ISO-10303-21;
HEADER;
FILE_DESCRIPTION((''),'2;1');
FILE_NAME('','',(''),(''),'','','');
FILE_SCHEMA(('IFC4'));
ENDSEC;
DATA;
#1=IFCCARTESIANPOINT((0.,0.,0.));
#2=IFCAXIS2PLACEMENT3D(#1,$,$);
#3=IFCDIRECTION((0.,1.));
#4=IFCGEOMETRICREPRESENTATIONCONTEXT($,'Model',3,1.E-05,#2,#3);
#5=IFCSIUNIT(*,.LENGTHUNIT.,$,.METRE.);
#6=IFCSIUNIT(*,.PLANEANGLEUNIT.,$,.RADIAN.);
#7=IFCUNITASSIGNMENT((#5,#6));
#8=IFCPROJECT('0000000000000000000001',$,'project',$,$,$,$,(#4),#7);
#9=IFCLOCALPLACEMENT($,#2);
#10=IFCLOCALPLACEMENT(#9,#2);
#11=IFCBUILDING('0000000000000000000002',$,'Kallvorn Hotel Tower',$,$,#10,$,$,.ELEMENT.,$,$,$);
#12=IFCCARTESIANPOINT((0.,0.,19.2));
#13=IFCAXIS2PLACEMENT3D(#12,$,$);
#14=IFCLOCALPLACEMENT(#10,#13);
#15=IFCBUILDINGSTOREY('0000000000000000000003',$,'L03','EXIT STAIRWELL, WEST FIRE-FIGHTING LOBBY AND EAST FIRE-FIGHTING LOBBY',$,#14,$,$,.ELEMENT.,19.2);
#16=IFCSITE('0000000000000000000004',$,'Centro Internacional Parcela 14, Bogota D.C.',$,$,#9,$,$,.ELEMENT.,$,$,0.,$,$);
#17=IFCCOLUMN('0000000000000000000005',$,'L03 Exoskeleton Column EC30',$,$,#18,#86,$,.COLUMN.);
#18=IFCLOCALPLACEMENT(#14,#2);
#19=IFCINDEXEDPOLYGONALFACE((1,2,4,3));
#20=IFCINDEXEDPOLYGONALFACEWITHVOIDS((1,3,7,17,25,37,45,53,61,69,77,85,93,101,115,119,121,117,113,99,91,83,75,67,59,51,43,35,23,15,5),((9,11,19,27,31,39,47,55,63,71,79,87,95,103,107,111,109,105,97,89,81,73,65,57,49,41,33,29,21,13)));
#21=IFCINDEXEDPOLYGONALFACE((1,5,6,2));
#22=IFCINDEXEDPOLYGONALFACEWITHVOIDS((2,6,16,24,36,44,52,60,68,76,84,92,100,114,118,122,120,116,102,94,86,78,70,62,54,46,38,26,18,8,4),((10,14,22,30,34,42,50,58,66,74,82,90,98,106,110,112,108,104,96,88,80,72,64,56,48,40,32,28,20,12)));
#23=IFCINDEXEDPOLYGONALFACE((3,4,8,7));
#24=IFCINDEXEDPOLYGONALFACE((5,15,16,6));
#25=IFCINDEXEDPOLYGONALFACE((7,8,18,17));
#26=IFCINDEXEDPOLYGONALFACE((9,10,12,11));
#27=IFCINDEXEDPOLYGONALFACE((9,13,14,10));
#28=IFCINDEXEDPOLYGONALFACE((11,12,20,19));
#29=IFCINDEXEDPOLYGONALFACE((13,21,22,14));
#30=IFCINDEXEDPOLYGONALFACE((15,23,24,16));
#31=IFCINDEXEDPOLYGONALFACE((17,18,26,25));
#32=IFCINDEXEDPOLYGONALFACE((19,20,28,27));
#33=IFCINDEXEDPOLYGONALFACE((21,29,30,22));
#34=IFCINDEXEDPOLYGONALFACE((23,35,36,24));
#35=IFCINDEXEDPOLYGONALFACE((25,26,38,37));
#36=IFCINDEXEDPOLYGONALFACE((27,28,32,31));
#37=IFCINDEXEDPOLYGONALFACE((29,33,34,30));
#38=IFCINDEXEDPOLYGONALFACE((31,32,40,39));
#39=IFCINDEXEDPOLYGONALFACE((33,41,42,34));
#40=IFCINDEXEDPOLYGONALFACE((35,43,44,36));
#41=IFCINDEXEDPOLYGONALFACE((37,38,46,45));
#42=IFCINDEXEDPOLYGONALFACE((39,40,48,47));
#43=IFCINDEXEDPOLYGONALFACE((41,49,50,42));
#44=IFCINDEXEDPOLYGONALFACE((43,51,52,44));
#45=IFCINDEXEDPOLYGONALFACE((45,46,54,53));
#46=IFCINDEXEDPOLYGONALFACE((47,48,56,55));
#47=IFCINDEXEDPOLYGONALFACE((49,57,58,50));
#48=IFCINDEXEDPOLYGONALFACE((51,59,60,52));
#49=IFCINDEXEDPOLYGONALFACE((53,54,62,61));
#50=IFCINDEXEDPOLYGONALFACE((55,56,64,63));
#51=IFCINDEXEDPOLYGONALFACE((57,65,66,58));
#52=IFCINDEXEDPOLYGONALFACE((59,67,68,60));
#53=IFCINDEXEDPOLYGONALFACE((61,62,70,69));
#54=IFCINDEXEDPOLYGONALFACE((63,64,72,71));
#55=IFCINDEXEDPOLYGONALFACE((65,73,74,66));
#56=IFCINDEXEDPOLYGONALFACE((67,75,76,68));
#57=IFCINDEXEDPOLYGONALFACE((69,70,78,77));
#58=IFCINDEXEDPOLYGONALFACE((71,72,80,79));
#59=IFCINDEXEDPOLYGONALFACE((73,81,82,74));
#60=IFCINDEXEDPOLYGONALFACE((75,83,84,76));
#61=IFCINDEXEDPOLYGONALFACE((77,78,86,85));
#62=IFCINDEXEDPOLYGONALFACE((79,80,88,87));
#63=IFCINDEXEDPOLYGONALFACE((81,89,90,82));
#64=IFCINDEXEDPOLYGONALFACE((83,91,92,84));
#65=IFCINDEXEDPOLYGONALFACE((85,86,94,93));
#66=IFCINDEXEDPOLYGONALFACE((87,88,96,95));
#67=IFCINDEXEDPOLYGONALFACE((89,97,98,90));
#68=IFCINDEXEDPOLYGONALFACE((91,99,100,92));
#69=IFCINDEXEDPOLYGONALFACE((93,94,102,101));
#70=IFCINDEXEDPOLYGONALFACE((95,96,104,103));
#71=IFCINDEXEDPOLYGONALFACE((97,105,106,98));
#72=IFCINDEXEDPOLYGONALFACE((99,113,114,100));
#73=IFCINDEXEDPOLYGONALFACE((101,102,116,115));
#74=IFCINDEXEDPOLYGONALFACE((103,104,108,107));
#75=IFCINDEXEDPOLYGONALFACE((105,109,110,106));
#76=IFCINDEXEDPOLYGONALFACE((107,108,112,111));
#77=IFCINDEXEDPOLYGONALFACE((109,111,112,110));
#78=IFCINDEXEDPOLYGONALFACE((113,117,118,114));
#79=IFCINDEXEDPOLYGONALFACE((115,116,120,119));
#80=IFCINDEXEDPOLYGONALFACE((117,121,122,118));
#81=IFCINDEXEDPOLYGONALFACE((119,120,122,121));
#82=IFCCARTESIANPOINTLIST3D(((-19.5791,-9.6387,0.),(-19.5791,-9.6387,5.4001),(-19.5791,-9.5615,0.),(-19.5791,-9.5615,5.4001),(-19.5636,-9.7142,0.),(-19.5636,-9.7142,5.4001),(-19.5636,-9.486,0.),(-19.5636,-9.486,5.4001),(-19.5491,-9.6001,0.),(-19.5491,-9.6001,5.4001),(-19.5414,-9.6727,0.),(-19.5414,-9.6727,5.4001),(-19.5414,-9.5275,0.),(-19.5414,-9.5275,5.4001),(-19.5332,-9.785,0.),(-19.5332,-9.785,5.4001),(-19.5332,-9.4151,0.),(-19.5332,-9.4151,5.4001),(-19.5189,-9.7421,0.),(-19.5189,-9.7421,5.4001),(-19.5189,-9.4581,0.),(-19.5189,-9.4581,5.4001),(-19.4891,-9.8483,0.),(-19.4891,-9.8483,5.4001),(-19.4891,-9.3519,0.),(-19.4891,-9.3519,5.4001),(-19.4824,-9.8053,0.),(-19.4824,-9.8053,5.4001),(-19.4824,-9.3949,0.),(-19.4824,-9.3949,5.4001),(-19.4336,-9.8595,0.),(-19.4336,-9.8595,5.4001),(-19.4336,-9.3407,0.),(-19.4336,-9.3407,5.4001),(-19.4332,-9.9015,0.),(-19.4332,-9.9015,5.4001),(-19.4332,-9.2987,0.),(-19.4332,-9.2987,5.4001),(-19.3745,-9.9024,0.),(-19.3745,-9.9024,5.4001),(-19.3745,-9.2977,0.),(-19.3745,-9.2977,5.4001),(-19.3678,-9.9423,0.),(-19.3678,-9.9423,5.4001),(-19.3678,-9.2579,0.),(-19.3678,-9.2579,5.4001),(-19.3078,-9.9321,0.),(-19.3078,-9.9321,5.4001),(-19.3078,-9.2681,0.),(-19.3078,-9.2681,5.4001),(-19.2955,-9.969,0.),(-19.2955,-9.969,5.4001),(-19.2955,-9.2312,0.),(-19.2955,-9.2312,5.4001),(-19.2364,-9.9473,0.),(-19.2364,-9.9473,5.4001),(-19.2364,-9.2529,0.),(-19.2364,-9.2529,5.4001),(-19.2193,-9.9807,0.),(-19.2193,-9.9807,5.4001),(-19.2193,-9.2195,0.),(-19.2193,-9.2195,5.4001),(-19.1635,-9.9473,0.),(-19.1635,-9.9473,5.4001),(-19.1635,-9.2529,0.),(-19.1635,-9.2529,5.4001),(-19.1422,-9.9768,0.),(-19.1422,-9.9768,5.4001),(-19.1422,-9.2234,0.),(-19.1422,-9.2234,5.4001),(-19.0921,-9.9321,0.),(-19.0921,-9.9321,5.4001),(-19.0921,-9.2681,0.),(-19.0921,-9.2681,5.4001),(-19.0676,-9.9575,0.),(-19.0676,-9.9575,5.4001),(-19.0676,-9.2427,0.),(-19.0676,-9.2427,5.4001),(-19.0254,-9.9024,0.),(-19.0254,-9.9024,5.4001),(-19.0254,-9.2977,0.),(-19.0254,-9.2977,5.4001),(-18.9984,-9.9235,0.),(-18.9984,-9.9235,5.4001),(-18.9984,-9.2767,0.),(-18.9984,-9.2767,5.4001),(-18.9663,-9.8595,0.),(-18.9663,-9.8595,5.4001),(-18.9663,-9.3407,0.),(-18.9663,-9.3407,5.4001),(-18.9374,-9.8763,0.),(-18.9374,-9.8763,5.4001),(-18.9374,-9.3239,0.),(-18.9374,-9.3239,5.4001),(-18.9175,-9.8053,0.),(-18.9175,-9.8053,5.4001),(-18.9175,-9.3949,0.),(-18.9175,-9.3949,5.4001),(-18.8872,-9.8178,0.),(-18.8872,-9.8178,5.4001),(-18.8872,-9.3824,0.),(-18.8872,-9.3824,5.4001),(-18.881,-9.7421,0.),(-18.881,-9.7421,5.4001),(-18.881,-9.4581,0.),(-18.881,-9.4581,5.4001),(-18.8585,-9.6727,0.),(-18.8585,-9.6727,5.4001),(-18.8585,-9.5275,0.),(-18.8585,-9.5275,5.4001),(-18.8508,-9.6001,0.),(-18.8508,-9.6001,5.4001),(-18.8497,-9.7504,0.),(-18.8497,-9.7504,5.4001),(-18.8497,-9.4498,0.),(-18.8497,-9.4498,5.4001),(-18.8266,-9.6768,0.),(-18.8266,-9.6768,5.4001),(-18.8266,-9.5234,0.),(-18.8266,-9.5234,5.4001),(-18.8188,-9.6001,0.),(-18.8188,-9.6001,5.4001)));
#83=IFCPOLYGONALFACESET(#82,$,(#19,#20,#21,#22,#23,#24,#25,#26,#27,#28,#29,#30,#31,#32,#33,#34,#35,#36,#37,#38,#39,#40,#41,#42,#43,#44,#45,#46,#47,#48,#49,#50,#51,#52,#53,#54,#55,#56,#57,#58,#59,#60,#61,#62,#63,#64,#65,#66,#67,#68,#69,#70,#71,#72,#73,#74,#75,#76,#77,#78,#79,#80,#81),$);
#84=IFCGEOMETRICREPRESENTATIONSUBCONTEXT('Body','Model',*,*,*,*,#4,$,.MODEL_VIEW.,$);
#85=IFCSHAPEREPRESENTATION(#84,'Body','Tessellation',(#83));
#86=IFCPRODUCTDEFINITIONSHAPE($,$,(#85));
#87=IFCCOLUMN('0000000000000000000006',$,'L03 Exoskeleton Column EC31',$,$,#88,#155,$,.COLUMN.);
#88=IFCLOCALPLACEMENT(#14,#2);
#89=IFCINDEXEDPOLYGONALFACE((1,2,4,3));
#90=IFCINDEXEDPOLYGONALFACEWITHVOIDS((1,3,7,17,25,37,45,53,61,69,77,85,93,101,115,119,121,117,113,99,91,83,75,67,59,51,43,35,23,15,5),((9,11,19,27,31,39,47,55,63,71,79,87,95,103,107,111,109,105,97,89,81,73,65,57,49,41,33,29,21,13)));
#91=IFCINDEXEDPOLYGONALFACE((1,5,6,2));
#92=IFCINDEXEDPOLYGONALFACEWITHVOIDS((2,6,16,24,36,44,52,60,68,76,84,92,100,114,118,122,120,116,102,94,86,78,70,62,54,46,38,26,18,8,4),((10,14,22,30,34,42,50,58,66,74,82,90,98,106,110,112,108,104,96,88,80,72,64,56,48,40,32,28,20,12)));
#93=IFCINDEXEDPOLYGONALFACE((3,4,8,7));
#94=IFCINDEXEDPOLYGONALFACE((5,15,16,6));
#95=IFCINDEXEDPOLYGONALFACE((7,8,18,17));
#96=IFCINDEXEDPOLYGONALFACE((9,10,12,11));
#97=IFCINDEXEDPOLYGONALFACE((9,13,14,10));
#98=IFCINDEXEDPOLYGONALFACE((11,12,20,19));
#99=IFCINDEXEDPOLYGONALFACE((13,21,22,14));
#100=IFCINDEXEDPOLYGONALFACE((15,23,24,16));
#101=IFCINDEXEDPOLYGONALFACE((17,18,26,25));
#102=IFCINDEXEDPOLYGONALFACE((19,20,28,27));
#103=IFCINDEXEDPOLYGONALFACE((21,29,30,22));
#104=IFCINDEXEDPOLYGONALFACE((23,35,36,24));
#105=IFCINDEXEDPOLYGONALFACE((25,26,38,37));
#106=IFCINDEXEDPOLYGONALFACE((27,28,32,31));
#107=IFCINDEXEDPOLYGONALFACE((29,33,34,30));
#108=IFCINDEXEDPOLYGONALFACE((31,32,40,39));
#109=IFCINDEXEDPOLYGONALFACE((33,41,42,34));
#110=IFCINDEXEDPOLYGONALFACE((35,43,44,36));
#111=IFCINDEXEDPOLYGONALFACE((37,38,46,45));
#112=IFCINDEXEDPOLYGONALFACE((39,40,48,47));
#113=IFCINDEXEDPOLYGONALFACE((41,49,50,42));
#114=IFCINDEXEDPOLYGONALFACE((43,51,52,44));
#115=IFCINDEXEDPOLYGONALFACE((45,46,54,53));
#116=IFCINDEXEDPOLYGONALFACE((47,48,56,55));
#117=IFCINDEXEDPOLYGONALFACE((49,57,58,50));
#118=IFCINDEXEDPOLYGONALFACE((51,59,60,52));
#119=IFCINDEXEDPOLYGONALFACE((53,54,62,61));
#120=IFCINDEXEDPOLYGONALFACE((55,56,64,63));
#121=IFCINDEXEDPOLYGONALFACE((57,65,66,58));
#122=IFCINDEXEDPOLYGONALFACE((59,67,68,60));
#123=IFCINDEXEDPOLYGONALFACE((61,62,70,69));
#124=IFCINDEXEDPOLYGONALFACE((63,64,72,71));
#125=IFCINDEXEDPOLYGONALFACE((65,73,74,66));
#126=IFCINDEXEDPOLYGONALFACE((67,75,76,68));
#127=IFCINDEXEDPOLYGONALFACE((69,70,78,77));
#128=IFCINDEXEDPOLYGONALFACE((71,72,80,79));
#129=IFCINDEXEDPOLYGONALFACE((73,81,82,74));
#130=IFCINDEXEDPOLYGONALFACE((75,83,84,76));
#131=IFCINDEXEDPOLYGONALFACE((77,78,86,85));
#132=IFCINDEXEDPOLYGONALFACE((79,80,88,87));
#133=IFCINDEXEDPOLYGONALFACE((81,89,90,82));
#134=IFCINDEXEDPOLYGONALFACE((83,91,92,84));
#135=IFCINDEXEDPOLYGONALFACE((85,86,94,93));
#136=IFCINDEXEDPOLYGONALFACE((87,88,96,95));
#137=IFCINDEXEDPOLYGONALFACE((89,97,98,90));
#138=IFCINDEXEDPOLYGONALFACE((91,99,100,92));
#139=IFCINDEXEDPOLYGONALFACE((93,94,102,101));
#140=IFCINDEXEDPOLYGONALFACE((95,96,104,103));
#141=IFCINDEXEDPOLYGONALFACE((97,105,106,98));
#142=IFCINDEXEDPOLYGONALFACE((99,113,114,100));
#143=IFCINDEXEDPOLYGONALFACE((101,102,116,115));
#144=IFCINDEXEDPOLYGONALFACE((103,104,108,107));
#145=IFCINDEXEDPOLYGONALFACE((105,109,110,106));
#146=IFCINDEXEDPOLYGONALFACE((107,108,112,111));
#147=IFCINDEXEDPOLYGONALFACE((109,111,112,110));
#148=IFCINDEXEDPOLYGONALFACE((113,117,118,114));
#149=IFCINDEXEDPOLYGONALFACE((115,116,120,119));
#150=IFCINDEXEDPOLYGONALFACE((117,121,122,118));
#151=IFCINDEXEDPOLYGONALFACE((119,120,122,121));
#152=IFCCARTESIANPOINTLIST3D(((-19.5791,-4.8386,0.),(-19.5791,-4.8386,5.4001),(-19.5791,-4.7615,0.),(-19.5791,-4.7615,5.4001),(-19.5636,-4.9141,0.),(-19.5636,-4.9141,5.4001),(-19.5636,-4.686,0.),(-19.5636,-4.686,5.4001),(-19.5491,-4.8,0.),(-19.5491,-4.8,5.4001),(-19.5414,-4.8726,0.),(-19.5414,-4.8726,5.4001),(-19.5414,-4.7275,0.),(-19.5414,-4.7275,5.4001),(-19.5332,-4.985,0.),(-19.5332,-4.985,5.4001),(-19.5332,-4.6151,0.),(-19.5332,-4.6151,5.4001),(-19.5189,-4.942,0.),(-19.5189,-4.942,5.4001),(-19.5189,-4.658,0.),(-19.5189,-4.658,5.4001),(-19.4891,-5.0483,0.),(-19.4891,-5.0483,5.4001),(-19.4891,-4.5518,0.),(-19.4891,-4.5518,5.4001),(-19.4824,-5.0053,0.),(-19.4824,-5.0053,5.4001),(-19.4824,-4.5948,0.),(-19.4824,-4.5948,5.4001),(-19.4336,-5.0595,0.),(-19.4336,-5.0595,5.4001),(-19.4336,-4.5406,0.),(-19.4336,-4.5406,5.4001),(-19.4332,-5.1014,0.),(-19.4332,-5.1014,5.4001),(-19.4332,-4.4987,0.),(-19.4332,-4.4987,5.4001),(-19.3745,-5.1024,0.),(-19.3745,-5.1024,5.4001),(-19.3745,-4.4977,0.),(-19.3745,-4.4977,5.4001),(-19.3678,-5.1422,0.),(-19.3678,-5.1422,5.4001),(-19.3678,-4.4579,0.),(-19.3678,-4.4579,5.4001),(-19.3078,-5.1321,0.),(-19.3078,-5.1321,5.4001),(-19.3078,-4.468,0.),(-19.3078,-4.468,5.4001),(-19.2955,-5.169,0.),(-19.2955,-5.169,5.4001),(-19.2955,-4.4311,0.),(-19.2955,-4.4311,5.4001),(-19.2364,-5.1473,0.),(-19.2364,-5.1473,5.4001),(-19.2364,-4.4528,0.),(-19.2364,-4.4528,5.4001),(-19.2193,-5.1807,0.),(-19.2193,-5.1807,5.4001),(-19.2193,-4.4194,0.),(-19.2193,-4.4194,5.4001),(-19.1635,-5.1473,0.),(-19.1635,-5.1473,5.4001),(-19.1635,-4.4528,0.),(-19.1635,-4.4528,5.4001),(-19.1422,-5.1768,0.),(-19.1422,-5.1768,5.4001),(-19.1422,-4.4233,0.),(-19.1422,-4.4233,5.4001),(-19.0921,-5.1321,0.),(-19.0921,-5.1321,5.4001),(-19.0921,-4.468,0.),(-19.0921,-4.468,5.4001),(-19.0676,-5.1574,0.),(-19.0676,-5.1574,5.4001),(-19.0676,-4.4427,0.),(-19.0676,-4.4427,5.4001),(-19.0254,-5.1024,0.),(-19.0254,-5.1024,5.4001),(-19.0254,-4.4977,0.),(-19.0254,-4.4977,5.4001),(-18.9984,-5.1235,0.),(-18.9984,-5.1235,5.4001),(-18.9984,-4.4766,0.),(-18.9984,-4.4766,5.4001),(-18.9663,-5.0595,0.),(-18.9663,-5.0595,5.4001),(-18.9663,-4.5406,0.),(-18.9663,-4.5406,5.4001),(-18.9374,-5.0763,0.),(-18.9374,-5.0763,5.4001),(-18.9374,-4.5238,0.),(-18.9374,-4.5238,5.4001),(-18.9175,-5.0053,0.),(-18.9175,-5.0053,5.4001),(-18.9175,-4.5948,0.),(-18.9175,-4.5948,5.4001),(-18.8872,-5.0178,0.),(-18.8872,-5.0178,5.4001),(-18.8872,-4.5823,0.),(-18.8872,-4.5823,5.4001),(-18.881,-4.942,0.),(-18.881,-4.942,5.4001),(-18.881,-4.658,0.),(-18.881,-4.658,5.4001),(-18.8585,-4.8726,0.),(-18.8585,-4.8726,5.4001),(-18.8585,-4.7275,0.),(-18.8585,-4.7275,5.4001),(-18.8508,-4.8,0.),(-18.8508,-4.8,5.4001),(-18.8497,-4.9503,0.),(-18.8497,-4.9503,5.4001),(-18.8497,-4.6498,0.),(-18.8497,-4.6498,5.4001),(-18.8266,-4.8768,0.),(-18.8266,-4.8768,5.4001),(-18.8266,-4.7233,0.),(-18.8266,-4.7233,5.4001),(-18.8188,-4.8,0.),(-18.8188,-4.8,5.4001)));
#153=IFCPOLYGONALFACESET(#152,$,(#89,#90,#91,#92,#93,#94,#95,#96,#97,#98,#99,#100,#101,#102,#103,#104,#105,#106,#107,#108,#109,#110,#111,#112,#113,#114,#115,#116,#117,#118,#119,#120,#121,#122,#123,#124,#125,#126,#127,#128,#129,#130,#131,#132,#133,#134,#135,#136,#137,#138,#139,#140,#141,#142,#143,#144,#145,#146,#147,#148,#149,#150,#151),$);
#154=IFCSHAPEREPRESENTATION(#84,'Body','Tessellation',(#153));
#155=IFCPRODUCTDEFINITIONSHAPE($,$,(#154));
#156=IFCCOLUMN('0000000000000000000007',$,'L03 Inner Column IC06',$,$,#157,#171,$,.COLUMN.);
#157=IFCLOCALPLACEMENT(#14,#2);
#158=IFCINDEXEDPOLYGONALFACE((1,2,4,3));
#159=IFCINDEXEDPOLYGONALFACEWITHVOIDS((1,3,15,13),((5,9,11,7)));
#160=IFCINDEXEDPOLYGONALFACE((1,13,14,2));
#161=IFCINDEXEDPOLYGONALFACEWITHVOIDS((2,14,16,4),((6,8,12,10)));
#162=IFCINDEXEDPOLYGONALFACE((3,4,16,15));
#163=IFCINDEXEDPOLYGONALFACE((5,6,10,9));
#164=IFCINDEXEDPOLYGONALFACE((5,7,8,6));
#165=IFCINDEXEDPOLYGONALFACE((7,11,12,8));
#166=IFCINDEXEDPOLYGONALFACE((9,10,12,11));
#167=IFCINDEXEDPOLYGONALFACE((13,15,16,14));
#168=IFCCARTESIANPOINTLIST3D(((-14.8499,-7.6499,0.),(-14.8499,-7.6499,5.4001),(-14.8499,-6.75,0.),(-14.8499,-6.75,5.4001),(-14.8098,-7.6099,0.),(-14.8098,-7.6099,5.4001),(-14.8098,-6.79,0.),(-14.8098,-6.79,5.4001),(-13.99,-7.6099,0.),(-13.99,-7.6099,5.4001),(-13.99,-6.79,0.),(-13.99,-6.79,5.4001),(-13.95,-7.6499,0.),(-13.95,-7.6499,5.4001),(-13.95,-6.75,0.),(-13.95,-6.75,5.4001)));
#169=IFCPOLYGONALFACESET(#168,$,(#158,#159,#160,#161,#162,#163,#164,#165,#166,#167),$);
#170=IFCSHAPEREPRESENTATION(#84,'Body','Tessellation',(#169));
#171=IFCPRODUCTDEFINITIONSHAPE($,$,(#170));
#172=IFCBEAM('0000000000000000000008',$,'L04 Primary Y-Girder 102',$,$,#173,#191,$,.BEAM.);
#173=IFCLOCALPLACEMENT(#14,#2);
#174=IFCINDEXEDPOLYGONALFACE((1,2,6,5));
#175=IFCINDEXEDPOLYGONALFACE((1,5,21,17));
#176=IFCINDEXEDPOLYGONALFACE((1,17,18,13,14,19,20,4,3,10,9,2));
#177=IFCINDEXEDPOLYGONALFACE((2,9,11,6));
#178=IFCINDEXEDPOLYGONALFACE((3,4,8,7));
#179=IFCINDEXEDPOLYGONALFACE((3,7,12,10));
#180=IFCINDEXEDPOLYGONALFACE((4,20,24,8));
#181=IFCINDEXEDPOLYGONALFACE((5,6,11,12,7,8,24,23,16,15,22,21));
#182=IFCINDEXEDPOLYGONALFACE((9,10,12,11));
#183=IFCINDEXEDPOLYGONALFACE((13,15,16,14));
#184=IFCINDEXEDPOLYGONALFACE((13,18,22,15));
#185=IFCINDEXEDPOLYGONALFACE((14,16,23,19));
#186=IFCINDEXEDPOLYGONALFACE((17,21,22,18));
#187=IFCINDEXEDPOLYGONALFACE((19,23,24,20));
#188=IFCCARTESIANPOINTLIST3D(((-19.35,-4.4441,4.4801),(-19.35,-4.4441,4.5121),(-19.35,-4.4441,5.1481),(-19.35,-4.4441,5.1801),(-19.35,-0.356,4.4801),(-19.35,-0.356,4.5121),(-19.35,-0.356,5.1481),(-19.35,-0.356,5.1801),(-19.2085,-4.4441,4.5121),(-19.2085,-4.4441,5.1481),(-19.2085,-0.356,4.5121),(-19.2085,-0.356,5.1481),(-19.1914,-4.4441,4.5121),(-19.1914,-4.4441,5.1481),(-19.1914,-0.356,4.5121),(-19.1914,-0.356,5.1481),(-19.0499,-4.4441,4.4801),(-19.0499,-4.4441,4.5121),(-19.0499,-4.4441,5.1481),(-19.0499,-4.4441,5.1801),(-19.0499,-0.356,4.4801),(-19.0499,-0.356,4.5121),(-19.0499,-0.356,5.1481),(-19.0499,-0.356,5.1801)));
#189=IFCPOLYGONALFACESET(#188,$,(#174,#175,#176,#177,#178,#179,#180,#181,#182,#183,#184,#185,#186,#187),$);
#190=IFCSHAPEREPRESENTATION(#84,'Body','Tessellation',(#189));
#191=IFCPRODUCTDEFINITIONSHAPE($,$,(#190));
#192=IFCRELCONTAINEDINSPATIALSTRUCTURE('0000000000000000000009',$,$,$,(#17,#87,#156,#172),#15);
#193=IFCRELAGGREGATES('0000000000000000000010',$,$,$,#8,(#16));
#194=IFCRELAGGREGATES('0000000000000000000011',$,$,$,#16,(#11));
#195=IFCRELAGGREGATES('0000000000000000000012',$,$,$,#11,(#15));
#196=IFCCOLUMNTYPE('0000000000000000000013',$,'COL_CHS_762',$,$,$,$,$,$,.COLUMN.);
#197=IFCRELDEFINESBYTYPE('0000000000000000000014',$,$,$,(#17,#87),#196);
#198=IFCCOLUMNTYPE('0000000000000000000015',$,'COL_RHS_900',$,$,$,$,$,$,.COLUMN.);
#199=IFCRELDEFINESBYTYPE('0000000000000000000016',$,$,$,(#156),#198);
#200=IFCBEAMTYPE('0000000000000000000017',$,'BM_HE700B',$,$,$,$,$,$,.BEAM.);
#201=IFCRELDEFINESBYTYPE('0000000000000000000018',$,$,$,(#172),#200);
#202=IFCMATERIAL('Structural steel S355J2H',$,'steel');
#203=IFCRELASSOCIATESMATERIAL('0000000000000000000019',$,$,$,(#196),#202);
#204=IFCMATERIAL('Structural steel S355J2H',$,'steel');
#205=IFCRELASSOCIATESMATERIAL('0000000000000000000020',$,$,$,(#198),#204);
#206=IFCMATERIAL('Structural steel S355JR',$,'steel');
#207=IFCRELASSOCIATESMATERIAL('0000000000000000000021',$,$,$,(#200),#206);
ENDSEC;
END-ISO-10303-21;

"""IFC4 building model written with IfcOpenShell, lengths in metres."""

from ifc_helpers import new_model, si_unit, direction, frame, origin, origin_2d, place, context, subcontext, project, spatial, hollow_rectangle, hollow_circle, i_section, extrude, material, material_profile, profile_set, type_object, element, save


model = new_model("IFC4")

# Units and contexts
model_context = context("Model", 3, precision=1e-05, world=origin(), true_north=direction((0.0, 1.0)))
body_context = subcontext(model_context, "Body", "Model", "MODEL_VIEW")
ifc_project = project(units=[si_unit("LENGTHUNIT", "METRE"), si_unit("PLANEANGLEUNIT", "RADIAN")], contexts=[model_context])

# Site, building, storey
site_placement = place(None, origin())
site = spatial("IfcSite", under=ifc_project, at=site_placement, Name="Centro Internacional Parcela 14, Bogota D.C.", CompositionType="ELEMENT", RefElevation=0.0)
building_placement = place(site_placement, origin())
building = spatial("IfcBuilding", under=site, at=building_placement, Name="Kallvorn Hotel Tower", CompositionType="ELEMENT")
storey_placement = place(building_placement, frame((0.0, 0.0, 19.2)))
storey = spatial("IfcBuildingStorey", under=building, at=storey_placement, Name="L03", Description="EXIT STAIRWELL, WEST FIRE-FIGHTING LOBBY AND EAST FIRE-FIGHTING LOBBY", CompositionType="ELEMENT", Elevation=19.2)

# Columns
ifc_material_1 = material(Name="Structural steel S355J2H", Category="steel")
ifc_material_profile_1 = material_profile(ifc_material_1, hollow_circle(Radius=0.3811, WallThickness=0.032, at=origin_2d()), Name="CHS 762x32")
ifc_profile_set_1 = profile_set([ifc_material_profile_1], Name="Structural steel S355J2H")
column_type_1 = type_object("IfcColumnType", Name="COL_CHS_762", PredefinedType="COLUMN", material=ifc_profile_set_1)
for number, where, z_axis, x_axis, name in (
    (1, (-19.2, -9.6001, 0.0), (0.0, 0.0, 1.0), (1.0, 0.0, 0.0), "L03 Exoskeleton Column EC30"),
    (2, (-19.2, -4.8, 0.0), (0.0, 0.0, 1.0), (1.0, 0.0, 0.0), "L03 Exoskeleton Column EC31"),
):
    element("IfcColumn", number, at=place(storey_placement, frame(where, z_axis=z_axis, x_axis=x_axis)), inside=storey, type_object=column_type_1, Name=name, PredefinedType="COLUMN", context=body_context, shape_type="SweptSolid", body=[
        extrude(hollow_circle(Radius=0.3811, WallThickness=0.032, at=origin_2d()), origin(), (0.0, 0.0, 1.0), 5.4001),
    ])
ifc_material_2 = material(Name="Structural steel S355J2H", Category="steel")
ifc_material_profile_2 = material_profile(ifc_material_2, hollow_rectangle(XDim=0.8999, YDim=0.8999, WallThickness=0.04, at=origin_2d()), Name="RHS 900x900x40")
ifc_profile_set_2 = profile_set([ifc_material_profile_2], Name="Structural steel S355J2H")
column_type_2 = type_object("IfcColumnType", Name="COL_RHS_900", PredefinedType="COLUMN", material=ifc_profile_set_2)
column_placement = place(storey_placement, frame((-14.3999, -7.2, 0.0), z_axis=(0.0, 0.0, 1.0), x_axis=(1.0, 0.0, 0.0)))
element("IfcColumn", 3, at=column_placement, inside=storey, type_object=column_type_2, Name="L03 Inner Column IC06", PredefinedType="COLUMN", context=body_context, shape_type="SweptSolid", body=[
    extrude(hollow_rectangle(XDim=0.8999, YDim=0.8999, WallThickness=0.04, at=origin_2d()), origin(), (0.0, 0.0, 1.0), 5.4001),
])

# Beam
ifc_material_3 = material(Name="Structural steel S355JR", Category="steel")
ifc_material_profile_3 = material_profile(ifc_material_3, i_section(OverallWidth=0.3, OverallDepth=0.7, WebThickness=0.0171, FlangeThickness=0.032, at=origin_2d()), Name="HE 700 B")
ifc_profile_set_3 = profile_set([ifc_material_profile_3], Name="Structural steel S355JR")
beam_type_1 = type_object("IfcBeamType", Name="BM_HE700B", PredefinedType="BEAM", material=ifc_profile_set_3)
beam_1_placement = place(storey_placement, frame((-19.2, -4.4441, 4.8301), z_axis=(0.0, 1.0, 0.0), x_axis=(-1.0, 0.0, 0.0)))
element("IfcBeam", 4, at=beam_1_placement, inside=storey, type_object=beam_type_1, Name="L04 Primary Y-Girder 102", PredefinedType="BEAM", context=body_context, shape_type="SweptSolid", body=[
    extrude(i_section(OverallWidth=0.3, OverallDepth=0.7, WebThickness=0.0171, FlangeThickness=0.032, at=origin_2d()), origin(), (0.0, 0.0, 1.0), 4.0881),
])

save(model, "model.ifc")
